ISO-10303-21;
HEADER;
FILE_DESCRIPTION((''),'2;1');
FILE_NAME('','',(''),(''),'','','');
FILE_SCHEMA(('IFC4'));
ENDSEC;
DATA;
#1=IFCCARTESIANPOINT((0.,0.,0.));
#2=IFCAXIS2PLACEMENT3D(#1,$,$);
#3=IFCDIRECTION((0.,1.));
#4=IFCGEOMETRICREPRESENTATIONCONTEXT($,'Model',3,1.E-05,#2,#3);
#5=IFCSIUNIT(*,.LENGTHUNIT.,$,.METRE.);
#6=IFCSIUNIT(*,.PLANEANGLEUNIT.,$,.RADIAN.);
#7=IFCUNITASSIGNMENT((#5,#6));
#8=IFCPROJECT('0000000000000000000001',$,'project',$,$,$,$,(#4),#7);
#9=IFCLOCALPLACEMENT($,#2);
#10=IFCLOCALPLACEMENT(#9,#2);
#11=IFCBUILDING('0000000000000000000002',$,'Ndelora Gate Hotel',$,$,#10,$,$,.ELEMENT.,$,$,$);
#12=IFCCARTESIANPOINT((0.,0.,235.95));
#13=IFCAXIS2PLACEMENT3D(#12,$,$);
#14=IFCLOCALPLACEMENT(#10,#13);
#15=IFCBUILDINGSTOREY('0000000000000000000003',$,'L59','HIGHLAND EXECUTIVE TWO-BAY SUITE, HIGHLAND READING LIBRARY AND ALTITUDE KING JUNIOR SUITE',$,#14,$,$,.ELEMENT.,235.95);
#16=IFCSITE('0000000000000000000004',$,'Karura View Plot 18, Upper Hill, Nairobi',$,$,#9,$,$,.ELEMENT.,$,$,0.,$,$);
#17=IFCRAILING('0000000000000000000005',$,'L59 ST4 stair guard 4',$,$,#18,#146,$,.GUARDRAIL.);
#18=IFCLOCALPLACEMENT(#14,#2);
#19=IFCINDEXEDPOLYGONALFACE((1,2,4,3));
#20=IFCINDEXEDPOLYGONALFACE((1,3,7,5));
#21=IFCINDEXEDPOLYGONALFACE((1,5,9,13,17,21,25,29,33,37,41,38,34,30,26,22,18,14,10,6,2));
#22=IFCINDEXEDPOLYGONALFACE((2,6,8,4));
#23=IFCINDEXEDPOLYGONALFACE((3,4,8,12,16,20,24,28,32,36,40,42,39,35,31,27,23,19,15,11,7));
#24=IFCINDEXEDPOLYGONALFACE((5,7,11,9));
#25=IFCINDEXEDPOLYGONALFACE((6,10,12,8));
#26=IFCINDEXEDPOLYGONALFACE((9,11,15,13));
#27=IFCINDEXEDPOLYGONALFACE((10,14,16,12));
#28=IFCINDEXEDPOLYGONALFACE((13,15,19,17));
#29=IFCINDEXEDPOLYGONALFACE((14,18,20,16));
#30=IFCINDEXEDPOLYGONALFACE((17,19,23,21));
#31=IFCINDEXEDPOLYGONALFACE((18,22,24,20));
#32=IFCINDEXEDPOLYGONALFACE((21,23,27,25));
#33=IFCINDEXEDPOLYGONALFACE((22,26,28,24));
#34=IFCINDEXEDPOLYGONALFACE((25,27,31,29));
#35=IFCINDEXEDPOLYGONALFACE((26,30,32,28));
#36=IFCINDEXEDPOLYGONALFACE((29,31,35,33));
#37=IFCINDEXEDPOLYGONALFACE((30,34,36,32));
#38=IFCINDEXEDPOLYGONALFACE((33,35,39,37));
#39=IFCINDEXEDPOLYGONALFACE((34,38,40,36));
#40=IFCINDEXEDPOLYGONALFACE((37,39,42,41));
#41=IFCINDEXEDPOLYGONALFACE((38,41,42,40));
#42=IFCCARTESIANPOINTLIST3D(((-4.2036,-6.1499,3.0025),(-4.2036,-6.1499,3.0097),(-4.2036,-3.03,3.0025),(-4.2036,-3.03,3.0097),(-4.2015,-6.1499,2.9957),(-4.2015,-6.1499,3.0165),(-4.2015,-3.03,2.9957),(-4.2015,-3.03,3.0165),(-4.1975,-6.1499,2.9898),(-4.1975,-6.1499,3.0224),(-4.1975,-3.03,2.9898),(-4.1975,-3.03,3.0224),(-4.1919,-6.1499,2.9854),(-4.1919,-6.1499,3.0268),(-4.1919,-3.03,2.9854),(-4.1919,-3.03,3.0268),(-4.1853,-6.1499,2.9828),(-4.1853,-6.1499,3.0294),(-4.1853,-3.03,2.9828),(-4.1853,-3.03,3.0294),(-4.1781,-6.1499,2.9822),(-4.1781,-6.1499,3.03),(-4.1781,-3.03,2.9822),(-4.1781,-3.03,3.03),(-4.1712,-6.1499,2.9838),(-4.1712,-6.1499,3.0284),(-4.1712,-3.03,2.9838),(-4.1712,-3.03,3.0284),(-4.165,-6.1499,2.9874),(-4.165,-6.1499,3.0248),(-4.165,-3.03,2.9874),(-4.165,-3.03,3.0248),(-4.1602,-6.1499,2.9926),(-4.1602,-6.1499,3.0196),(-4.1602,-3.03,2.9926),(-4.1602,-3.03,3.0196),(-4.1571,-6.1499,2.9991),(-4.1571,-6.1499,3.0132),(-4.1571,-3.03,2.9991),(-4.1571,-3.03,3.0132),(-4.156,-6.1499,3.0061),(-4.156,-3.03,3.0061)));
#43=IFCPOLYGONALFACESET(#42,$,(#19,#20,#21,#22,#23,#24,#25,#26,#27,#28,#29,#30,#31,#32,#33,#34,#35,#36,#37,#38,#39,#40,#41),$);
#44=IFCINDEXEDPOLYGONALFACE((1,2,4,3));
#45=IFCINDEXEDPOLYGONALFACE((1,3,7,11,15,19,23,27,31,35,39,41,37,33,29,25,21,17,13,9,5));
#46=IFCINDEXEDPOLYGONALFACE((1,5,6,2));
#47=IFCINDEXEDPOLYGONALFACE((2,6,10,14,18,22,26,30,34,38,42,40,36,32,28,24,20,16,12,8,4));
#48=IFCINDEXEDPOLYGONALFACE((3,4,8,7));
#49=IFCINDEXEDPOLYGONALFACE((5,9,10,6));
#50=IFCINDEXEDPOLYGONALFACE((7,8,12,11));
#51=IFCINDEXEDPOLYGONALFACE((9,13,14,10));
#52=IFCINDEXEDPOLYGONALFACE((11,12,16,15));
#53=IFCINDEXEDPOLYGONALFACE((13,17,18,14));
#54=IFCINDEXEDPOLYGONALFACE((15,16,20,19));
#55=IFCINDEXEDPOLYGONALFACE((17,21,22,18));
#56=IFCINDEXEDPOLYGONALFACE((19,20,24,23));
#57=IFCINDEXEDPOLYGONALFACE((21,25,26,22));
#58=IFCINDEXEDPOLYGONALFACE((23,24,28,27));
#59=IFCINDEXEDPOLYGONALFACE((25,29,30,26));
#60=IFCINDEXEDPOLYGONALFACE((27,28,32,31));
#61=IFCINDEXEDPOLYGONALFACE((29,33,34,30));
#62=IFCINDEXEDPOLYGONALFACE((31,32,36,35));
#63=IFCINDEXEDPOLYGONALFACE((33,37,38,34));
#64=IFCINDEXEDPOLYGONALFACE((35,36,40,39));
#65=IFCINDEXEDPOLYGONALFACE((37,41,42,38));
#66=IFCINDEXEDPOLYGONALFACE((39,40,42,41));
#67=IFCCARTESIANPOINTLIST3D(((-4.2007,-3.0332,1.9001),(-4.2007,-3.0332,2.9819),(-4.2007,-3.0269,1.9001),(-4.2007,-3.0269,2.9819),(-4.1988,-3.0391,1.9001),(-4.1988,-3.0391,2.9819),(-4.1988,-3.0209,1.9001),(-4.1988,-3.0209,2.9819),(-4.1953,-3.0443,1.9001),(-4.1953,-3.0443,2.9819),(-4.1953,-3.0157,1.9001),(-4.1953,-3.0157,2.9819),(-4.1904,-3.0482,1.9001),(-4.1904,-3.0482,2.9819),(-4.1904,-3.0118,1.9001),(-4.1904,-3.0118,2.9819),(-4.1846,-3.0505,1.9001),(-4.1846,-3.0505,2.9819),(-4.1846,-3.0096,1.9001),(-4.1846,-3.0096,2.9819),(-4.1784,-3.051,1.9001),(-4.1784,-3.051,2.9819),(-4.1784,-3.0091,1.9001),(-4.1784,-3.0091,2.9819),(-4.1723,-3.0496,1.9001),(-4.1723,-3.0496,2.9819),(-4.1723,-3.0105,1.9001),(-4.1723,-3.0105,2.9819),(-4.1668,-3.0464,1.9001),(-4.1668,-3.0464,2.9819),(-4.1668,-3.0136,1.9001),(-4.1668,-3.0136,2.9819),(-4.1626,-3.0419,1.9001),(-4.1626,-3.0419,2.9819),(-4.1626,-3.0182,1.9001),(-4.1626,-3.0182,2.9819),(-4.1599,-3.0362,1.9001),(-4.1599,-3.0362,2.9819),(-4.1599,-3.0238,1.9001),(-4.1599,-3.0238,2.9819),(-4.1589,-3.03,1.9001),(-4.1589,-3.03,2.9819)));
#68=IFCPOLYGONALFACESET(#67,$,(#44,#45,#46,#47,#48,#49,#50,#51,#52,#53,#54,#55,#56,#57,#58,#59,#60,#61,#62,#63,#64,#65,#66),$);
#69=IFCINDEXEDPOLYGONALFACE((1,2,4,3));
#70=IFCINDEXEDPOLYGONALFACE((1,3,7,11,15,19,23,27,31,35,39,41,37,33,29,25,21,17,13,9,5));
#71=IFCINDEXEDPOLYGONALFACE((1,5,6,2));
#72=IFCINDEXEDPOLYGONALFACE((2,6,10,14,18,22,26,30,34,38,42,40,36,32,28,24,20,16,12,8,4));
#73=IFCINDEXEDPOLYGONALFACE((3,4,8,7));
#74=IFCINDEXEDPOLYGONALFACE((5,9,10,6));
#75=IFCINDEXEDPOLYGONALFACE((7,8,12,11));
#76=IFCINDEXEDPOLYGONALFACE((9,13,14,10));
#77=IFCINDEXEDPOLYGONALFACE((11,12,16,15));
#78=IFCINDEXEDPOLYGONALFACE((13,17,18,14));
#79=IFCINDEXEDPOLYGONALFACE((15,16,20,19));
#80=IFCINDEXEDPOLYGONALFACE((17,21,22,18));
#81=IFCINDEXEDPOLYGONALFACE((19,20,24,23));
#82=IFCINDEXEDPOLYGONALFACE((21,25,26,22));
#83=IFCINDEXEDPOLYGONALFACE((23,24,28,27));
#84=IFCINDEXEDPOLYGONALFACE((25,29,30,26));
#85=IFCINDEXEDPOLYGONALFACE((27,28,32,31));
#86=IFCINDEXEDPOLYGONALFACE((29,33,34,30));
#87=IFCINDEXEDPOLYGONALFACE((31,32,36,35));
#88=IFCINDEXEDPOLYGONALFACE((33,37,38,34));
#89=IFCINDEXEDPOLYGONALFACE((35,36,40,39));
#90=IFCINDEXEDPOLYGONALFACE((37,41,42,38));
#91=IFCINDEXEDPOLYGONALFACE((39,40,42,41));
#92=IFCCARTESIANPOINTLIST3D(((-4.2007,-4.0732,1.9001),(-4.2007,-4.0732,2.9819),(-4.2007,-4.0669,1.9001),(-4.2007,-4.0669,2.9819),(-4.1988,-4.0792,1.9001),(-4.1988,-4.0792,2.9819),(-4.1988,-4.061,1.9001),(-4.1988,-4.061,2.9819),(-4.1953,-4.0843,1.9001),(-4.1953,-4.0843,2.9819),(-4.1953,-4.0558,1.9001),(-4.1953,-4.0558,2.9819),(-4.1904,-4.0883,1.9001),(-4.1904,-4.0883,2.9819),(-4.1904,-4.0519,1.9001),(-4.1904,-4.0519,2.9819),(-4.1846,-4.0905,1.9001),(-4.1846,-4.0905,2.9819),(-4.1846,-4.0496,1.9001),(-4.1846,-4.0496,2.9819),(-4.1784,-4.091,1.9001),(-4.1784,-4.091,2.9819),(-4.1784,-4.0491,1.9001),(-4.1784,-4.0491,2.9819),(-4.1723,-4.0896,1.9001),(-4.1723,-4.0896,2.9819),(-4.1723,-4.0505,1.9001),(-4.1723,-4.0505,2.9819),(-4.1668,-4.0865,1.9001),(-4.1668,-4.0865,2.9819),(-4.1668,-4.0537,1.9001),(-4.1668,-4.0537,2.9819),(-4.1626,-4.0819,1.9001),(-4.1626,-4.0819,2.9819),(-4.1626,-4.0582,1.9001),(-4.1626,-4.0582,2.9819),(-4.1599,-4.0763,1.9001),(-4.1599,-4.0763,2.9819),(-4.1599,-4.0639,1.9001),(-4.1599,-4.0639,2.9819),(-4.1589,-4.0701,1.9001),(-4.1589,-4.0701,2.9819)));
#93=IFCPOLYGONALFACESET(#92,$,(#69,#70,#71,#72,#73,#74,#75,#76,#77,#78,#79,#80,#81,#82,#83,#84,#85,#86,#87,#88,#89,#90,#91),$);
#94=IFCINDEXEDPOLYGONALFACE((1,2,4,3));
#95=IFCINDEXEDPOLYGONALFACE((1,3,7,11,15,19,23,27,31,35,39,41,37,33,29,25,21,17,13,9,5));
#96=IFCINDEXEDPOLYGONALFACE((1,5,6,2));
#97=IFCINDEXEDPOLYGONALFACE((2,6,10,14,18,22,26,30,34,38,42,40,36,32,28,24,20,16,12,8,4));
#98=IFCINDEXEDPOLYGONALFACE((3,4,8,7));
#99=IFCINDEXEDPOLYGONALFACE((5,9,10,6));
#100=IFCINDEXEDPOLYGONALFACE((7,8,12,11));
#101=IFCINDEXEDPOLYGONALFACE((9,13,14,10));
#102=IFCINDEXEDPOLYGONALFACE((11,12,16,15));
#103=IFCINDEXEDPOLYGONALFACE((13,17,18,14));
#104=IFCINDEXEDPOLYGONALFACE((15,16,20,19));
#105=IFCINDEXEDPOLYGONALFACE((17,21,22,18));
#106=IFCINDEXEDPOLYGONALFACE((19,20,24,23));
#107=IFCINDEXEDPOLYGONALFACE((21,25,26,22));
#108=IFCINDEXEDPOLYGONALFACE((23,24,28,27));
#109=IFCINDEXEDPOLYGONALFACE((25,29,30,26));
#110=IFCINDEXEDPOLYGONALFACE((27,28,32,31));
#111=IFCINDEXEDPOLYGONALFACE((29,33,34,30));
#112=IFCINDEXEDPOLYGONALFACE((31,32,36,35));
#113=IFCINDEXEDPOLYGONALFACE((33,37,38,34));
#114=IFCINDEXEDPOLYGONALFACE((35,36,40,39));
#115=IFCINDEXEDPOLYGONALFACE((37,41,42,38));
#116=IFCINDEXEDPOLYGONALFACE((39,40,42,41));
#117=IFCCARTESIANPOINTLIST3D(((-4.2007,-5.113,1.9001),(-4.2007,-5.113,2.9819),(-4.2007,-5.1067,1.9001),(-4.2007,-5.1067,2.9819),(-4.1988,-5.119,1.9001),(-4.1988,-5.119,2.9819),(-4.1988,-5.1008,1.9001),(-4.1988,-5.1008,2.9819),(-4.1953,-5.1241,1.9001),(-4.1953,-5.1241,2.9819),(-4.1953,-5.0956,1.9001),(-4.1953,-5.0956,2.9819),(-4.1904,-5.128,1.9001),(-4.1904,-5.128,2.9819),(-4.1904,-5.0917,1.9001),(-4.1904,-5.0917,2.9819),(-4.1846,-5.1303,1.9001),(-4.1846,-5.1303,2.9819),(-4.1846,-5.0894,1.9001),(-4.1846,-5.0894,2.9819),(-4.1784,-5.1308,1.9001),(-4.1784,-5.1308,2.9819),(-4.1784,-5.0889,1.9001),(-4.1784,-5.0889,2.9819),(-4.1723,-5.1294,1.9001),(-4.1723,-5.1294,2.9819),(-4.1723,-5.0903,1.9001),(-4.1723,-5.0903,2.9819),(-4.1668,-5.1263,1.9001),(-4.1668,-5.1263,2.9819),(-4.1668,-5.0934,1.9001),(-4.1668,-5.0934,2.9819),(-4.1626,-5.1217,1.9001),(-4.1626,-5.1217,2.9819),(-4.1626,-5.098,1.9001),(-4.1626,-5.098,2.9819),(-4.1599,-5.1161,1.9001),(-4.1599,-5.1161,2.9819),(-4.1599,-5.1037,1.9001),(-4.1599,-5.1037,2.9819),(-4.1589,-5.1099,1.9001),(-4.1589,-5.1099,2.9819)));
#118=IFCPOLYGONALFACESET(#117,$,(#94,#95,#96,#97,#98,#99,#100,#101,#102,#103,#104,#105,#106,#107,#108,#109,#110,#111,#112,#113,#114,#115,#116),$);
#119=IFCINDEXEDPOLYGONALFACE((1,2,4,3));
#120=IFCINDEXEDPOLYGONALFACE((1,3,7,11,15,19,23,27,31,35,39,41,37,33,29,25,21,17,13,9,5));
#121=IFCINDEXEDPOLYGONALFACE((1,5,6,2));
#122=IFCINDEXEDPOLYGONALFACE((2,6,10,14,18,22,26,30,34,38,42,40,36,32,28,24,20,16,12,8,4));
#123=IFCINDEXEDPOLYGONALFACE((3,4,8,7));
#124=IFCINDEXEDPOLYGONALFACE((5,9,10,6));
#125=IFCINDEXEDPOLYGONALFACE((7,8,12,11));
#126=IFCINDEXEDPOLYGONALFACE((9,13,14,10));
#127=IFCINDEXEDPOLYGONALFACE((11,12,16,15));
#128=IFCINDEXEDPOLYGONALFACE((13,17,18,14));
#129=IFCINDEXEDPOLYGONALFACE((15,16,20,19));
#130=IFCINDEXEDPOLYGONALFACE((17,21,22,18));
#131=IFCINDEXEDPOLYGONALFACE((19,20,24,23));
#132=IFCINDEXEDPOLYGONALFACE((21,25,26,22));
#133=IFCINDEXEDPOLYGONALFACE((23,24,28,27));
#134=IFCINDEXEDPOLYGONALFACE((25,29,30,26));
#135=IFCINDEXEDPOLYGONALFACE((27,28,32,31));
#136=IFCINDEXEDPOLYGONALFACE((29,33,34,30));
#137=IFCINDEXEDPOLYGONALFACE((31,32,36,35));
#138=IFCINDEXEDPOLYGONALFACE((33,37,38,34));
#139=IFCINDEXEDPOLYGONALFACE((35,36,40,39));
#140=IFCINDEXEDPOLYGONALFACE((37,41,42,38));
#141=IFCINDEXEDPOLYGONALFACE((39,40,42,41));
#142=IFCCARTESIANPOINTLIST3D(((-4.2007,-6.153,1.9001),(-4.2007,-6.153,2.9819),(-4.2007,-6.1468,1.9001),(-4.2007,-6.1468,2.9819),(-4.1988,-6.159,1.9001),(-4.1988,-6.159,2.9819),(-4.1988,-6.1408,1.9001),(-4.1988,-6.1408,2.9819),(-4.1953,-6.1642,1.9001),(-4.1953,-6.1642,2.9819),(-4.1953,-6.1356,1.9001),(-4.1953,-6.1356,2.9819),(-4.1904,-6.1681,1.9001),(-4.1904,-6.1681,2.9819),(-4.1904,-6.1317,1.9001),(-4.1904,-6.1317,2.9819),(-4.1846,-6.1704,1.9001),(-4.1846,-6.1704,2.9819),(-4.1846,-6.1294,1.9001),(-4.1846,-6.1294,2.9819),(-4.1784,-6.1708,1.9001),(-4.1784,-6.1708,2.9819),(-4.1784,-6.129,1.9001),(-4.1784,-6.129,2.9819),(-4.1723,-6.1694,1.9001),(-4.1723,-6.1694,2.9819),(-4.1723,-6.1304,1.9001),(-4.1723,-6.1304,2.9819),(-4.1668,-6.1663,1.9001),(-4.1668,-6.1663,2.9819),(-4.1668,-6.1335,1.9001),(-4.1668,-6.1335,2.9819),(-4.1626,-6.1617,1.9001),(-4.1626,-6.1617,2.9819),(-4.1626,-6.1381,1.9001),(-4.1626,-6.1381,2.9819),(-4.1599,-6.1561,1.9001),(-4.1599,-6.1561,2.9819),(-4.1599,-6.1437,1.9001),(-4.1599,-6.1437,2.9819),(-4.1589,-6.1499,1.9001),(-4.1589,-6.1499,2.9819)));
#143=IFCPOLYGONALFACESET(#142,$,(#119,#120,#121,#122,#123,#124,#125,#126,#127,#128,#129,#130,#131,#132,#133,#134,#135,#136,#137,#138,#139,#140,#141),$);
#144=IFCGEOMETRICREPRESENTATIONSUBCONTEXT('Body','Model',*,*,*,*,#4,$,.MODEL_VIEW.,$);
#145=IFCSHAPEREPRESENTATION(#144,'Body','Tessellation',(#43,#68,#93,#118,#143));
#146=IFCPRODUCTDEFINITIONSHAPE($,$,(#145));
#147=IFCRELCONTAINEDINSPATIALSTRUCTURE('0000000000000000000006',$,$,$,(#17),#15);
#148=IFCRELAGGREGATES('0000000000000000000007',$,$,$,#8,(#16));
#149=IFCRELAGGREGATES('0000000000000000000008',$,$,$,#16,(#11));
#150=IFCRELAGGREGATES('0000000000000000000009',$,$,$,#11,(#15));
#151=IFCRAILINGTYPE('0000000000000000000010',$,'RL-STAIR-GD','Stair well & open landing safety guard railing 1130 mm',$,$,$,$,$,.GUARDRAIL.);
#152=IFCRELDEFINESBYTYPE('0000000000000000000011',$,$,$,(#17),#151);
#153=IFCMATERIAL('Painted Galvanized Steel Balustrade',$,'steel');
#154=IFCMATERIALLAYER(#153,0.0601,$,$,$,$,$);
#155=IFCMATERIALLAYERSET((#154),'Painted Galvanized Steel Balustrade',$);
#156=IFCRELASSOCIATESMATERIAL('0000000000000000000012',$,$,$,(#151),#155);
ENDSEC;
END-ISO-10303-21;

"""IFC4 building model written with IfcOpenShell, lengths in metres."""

from ifc_helpers import new_model, si_unit, direction, frame, origin, origin_2d, place, context, subcontext, project, spatial, circle, extrude, material, layer, layer_set, type_object, element, save


model = new_model("IFC4")

# Units and contexts
model_context = context("Model", 3, precision=1e-05, world=origin(), true_north=direction((0.0, 1.0)))
body_context = subcontext(model_context, "Body", "Model", "MODEL_VIEW")
ifc_project = project(units=[si_unit("LENGTHUNIT", "METRE"), si_unit("PLANEANGLEUNIT", "RADIAN")], contexts=[model_context])

# Site, building, storey
site_placement = place(None, origin())
site = spatial("IfcSite", under=ifc_project, at=site_placement, Name="Karura View Plot 18, Upper Hill, Nairobi", CompositionType="ELEMENT", RefElevation=0.0)
building_placement = place(site_placement, origin())
building = spatial("IfcBuilding", under=site, at=building_placement, Name="Ndelora Gate Hotel", CompositionType="ELEMENT")
storey_placement = place(building_placement, frame((0.0, 0.0, 235.95)))
storey = spatial("IfcBuildingStorey", under=building, at=storey_placement, Name="L59", Description="HIGHLAND EXECUTIVE TWO-BAY SUITE, HIGHLAND READING LIBRARY AND ALTITUDE KING JUNIOR SUITE", CompositionType="ELEMENT", Elevation=235.95)

# Railing
ifc_material_1 = material(Name="Painted Galvanized Steel Balustrade", Category="steel")
ifc_layer_1 = layer(ifc_material_1, 0.0601)
ifc_layer_set_1 = layer_set([ifc_layer_1], Name="Painted Galvanized Steel Balustrade")
railing_type = type_object("IfcRailingType", Name="RL-STAIR-GD", Description="Stair well & open landing safety guard railing 1130 mm", PredefinedType="GUARDRAIL", material=ifc_layer_set_1)
for number, where, name in (
    (1, (-4.1799, -3.03, 1.9001), "L59 ST4 stair guard 4"),
):
    element("IfcRailing", number, at=place(storey_placement, frame(where)), inside=storey, type_object=railing_type, Name=name, PredefinedType="GUARDRAIL", context=body_context, shape_type="SweptSolid", body=[
        extrude(circle(Radius=0.0239, at=origin_2d()), frame((0.0, 0.0, 1.106), z_axis=(0.0, -1.0, 0.0), x_axis=(1.0, 0.0, 0.0)), (0.0, 0.0, 1.0), 3.1199),
        extrude(circle(Radius=0.021, at=origin_2d()), origin(), (0.0, 0.0, 1.0), 1.0818),
        extrude(circle(Radius=0.021, at=origin_2d()), frame((0.0, -1.04, 0.0)), (0.0, 0.0, 1.0), 1.0818),
        extrude(circle(Radius=0.021, at=origin_2d()), frame((0.0, -2.0798, 0.0)), (0.0, 0.0, 1.0), 1.0818),
        extrude(circle(Radius=0.021, at=origin_2d()), frame((0.0, -3.1199, 0.0)), (0.0, 0.0, 1.0), 1.0818),
    ])

save(model, "model.ifc")
